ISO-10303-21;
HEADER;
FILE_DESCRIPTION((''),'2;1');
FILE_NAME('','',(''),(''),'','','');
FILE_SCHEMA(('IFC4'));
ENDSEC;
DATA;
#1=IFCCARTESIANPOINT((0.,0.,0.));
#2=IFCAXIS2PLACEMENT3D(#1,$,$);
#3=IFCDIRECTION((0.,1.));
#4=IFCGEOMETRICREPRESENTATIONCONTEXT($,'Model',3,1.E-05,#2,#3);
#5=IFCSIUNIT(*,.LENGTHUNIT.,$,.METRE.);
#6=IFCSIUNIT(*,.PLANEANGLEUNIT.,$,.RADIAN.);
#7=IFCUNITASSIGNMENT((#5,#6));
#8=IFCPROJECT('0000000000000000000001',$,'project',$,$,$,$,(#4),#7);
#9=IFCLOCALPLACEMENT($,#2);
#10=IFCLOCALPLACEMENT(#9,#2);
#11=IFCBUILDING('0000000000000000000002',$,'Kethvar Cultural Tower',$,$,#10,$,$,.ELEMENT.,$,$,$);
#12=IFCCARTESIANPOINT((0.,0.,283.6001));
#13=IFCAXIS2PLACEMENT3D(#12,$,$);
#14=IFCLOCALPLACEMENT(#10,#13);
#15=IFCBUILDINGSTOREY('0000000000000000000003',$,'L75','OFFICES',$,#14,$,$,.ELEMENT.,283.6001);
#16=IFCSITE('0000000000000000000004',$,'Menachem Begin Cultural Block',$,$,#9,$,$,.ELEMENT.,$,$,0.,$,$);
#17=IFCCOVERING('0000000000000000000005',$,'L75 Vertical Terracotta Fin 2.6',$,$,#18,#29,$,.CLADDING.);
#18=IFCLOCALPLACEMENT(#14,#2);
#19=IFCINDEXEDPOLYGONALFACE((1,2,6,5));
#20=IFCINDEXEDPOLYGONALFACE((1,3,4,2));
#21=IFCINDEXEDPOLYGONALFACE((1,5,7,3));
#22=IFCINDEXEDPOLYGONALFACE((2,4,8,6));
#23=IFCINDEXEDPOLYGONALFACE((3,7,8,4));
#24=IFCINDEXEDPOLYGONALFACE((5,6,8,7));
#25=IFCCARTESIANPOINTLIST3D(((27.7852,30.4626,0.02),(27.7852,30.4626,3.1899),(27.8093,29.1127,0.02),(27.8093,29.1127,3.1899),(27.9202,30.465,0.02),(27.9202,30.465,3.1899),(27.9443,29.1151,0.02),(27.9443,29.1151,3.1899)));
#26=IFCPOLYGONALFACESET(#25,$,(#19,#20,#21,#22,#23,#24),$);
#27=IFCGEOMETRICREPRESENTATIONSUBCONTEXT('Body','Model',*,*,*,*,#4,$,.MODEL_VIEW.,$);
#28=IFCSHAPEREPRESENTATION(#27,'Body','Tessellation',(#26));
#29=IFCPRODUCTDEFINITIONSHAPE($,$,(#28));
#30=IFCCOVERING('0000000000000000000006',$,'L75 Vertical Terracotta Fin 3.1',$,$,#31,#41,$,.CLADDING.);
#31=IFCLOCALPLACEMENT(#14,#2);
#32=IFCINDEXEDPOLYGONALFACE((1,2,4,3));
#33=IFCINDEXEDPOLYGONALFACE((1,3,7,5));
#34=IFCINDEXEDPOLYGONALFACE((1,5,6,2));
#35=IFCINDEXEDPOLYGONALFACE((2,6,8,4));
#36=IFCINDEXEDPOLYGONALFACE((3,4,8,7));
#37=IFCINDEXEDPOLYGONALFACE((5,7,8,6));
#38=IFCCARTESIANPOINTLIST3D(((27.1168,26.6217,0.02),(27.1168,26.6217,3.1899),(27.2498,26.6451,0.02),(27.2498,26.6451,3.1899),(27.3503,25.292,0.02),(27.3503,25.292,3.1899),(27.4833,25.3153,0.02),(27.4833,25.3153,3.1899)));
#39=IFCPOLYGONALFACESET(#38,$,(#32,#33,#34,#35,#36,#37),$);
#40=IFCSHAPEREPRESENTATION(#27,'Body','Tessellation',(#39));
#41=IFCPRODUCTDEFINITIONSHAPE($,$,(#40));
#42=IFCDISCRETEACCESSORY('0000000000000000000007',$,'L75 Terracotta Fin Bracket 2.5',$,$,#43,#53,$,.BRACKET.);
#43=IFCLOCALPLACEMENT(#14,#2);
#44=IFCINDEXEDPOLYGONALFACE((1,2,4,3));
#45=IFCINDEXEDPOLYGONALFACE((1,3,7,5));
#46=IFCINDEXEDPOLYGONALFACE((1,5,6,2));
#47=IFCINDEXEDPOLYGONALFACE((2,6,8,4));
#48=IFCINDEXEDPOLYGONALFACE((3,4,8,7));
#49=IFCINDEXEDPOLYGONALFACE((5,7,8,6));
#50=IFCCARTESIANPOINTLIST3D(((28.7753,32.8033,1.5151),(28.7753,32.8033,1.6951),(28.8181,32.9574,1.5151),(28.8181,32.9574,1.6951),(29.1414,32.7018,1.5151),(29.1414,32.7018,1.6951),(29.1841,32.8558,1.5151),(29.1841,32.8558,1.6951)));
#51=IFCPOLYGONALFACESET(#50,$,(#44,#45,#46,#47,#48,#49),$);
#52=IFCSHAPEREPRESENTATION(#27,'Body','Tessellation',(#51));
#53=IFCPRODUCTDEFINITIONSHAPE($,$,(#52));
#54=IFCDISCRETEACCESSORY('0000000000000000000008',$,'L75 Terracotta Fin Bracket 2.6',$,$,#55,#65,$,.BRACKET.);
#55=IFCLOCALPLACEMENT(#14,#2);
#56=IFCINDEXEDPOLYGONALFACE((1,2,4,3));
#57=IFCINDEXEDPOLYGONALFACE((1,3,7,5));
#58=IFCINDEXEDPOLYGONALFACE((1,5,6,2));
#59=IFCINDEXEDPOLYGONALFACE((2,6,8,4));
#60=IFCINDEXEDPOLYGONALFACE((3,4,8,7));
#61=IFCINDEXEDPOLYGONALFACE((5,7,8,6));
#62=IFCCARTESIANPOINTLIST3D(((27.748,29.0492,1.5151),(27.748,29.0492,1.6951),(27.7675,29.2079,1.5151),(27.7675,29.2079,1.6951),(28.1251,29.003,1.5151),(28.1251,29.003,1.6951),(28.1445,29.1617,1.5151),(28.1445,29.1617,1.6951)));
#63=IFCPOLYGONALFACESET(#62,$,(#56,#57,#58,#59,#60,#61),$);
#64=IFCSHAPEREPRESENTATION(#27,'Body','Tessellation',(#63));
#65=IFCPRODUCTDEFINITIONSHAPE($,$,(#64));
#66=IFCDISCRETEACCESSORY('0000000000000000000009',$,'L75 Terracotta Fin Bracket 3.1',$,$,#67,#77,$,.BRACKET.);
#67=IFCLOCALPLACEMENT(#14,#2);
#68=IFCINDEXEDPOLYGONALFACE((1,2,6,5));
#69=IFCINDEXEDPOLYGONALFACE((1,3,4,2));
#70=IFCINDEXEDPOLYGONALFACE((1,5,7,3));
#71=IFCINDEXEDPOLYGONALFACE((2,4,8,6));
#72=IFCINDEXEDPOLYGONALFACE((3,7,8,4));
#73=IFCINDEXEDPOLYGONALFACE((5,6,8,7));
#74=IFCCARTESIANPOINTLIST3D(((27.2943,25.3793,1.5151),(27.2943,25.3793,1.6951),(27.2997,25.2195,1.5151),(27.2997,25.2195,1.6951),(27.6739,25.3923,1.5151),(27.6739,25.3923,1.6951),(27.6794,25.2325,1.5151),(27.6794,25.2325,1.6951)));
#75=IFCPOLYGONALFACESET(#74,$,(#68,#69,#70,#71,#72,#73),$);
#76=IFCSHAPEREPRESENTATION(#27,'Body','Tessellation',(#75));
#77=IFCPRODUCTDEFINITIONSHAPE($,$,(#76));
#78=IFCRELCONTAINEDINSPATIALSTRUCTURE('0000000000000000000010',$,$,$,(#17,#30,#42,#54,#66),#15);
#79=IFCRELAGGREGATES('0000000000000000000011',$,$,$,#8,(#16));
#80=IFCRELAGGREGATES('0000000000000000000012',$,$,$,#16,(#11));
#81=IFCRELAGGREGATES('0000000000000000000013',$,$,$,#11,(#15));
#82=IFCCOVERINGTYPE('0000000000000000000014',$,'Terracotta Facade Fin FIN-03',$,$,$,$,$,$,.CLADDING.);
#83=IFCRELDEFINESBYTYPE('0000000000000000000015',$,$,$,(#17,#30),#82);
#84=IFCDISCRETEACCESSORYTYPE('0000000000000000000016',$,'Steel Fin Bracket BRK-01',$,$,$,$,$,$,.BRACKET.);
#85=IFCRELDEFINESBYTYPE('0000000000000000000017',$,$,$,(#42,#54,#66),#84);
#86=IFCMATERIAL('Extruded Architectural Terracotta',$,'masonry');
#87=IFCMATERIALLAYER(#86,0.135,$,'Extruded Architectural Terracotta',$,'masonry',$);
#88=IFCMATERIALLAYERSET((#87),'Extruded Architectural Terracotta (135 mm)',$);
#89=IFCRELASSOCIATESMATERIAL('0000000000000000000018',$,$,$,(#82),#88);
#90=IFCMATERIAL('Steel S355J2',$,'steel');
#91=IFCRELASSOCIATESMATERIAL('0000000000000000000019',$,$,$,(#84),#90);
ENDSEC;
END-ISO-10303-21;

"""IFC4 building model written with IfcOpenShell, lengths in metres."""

from ifc_helpers import new_model, si_unit, direction, frame, origin, origin_2d, place, context, subcontext, project, spatial, rectangle, extrude, source, transform, mapped, material, layer, layer_set, type_object, element, save


model = new_model("IFC4")

# Units and contexts
model_context = context("Model", 3, precision=1e-05, world=origin(), true_north=direction((0.0, 1.0)))
body_context = subcontext(model_context, "Body", "Model", "MODEL_VIEW")
ifc_project = project(units=[si_unit("LENGTHUNIT", "METRE"), si_unit("PLANEANGLEUNIT", "RADIAN")], contexts=[model_context])

# Site, building, storey
site_placement = place(None, origin())
site = spatial("IfcSite", under=ifc_project, at=site_placement, Name="Menachem Begin Cultural Block", CompositionType="ELEMENT", RefElevation=0.0)
building_placement = place(site_placement, origin())
building = spatial("IfcBuilding", under=site, at=building_placement, Name="Kethvar Cultural Tower", CompositionType="ELEMENT")
storey_placement = place(building_placement, frame((0.0, 0.0, 283.6001)))
storey = spatial("IfcBuildingStorey", under=building, at=storey_placement, Name="L75", Description="OFFICES", CompositionType="ELEMENT", Elevation=283.6001)

# Shared definitions
ifc_material_1 = material(Name="Steel S355J2", Category="steel")

# Coverings
ifc_material_2 = material(Name="Extruded Architectural Terracotta", Category="masonry")
ifc_layer_1 = layer(ifc_material_2, 0.135, Name="Extruded Architectural Terracotta", Category="masonry")
ifc_layer_set_1 = layer_set([ifc_layer_1], Name="Extruded Architectural Terracotta (135 mm)")
covering_type = type_object("IfcCoveringType", Name="Terracotta Facade Fin FIN-03", PredefinedType="CLADDING", material=ifc_layer_set_1)
shared_shape_1 = source(origin(), body_context, "Body", "SweptSolid", [
    extrude(rectangle(XDim=1.3501, YDim=0.135, at=origin_2d()), origin(), (0.0, 0.0, 1.0), 3.1699),
])
for number, where, z_axis, x_axis, name in (
    (1, (27.8647, 29.7888, 0.02), (0.0, 0.0, 1.0), (-0.017801, 0.999842, 0.0), "L75 Vertical Terracotta Fin 2.6"),
    (2, (27.3, 25.9685, 0.02), (0.0, 0.0, 1.0), (-0.172961, 0.984929, 0.0), "L75 Vertical Terracotta Fin 3.1"),
):
    element("IfcCovering", number, at=place(storey_placement, frame(where, z_axis=z_axis, x_axis=x_axis)), inside=storey, type_object=covering_type, Name=name, PredefinedType="CLADDING", context=body_context, shape_type="MappedRepresentation", body=[
        mapped(shared_shape_1, transform((0.0, 0.0, 0.0), scale=1.0)),
    ])

# Discrete accessories
discrete_accessory_type = type_object("IfcDiscreteAccessoryType", Name="Steel Fin Bracket BRK-01", PredefinedType="BRACKET", material=ifc_material_1)
shared_shape_2 = source(origin(), body_context, "Body", "SweptSolid", [
    extrude(rectangle(XDim=0.3799, YDim=0.1599, at=origin_2d()), origin(), (0.0, 0.0, 1.0), 0.1799),
])
for number, where, z_axis, x_axis, name in (
    (3, (28.9797, 32.8296, 1.5151), (0.0, 0.0, 1.0), (-0.963584, 0.267407, 0.0), "L75 Terracotta Fin Bracket 2.5"),
    (4, (27.9463, 29.1055, 1.5151), (0.0, 0.0, 1.0), (-0.992589, 0.121523, 0.0), "L75 Terracotta Fin Bracket 2.6"),
    (5, (27.4868, 25.3059, 1.5151), (0.0, 0.0, 1.0), (-0.999415, -0.034202, 0.0), "L75 Terracotta Fin Bracket 3.1"),
):
    element("IfcDiscreteAccessory", number, at=place(storey_placement, frame(where, z_axis=z_axis, x_axis=x_axis)), inside=storey, type_object=discrete_accessory_type, Name=name, PredefinedType="BRACKET", context=body_context, shape_type="MappedRepresentation", body=[
        mapped(shared_shape_2, transform((0.0, 0.0, 0.0), scale=1.0)),
    ])

save(model, "model.ifc")
